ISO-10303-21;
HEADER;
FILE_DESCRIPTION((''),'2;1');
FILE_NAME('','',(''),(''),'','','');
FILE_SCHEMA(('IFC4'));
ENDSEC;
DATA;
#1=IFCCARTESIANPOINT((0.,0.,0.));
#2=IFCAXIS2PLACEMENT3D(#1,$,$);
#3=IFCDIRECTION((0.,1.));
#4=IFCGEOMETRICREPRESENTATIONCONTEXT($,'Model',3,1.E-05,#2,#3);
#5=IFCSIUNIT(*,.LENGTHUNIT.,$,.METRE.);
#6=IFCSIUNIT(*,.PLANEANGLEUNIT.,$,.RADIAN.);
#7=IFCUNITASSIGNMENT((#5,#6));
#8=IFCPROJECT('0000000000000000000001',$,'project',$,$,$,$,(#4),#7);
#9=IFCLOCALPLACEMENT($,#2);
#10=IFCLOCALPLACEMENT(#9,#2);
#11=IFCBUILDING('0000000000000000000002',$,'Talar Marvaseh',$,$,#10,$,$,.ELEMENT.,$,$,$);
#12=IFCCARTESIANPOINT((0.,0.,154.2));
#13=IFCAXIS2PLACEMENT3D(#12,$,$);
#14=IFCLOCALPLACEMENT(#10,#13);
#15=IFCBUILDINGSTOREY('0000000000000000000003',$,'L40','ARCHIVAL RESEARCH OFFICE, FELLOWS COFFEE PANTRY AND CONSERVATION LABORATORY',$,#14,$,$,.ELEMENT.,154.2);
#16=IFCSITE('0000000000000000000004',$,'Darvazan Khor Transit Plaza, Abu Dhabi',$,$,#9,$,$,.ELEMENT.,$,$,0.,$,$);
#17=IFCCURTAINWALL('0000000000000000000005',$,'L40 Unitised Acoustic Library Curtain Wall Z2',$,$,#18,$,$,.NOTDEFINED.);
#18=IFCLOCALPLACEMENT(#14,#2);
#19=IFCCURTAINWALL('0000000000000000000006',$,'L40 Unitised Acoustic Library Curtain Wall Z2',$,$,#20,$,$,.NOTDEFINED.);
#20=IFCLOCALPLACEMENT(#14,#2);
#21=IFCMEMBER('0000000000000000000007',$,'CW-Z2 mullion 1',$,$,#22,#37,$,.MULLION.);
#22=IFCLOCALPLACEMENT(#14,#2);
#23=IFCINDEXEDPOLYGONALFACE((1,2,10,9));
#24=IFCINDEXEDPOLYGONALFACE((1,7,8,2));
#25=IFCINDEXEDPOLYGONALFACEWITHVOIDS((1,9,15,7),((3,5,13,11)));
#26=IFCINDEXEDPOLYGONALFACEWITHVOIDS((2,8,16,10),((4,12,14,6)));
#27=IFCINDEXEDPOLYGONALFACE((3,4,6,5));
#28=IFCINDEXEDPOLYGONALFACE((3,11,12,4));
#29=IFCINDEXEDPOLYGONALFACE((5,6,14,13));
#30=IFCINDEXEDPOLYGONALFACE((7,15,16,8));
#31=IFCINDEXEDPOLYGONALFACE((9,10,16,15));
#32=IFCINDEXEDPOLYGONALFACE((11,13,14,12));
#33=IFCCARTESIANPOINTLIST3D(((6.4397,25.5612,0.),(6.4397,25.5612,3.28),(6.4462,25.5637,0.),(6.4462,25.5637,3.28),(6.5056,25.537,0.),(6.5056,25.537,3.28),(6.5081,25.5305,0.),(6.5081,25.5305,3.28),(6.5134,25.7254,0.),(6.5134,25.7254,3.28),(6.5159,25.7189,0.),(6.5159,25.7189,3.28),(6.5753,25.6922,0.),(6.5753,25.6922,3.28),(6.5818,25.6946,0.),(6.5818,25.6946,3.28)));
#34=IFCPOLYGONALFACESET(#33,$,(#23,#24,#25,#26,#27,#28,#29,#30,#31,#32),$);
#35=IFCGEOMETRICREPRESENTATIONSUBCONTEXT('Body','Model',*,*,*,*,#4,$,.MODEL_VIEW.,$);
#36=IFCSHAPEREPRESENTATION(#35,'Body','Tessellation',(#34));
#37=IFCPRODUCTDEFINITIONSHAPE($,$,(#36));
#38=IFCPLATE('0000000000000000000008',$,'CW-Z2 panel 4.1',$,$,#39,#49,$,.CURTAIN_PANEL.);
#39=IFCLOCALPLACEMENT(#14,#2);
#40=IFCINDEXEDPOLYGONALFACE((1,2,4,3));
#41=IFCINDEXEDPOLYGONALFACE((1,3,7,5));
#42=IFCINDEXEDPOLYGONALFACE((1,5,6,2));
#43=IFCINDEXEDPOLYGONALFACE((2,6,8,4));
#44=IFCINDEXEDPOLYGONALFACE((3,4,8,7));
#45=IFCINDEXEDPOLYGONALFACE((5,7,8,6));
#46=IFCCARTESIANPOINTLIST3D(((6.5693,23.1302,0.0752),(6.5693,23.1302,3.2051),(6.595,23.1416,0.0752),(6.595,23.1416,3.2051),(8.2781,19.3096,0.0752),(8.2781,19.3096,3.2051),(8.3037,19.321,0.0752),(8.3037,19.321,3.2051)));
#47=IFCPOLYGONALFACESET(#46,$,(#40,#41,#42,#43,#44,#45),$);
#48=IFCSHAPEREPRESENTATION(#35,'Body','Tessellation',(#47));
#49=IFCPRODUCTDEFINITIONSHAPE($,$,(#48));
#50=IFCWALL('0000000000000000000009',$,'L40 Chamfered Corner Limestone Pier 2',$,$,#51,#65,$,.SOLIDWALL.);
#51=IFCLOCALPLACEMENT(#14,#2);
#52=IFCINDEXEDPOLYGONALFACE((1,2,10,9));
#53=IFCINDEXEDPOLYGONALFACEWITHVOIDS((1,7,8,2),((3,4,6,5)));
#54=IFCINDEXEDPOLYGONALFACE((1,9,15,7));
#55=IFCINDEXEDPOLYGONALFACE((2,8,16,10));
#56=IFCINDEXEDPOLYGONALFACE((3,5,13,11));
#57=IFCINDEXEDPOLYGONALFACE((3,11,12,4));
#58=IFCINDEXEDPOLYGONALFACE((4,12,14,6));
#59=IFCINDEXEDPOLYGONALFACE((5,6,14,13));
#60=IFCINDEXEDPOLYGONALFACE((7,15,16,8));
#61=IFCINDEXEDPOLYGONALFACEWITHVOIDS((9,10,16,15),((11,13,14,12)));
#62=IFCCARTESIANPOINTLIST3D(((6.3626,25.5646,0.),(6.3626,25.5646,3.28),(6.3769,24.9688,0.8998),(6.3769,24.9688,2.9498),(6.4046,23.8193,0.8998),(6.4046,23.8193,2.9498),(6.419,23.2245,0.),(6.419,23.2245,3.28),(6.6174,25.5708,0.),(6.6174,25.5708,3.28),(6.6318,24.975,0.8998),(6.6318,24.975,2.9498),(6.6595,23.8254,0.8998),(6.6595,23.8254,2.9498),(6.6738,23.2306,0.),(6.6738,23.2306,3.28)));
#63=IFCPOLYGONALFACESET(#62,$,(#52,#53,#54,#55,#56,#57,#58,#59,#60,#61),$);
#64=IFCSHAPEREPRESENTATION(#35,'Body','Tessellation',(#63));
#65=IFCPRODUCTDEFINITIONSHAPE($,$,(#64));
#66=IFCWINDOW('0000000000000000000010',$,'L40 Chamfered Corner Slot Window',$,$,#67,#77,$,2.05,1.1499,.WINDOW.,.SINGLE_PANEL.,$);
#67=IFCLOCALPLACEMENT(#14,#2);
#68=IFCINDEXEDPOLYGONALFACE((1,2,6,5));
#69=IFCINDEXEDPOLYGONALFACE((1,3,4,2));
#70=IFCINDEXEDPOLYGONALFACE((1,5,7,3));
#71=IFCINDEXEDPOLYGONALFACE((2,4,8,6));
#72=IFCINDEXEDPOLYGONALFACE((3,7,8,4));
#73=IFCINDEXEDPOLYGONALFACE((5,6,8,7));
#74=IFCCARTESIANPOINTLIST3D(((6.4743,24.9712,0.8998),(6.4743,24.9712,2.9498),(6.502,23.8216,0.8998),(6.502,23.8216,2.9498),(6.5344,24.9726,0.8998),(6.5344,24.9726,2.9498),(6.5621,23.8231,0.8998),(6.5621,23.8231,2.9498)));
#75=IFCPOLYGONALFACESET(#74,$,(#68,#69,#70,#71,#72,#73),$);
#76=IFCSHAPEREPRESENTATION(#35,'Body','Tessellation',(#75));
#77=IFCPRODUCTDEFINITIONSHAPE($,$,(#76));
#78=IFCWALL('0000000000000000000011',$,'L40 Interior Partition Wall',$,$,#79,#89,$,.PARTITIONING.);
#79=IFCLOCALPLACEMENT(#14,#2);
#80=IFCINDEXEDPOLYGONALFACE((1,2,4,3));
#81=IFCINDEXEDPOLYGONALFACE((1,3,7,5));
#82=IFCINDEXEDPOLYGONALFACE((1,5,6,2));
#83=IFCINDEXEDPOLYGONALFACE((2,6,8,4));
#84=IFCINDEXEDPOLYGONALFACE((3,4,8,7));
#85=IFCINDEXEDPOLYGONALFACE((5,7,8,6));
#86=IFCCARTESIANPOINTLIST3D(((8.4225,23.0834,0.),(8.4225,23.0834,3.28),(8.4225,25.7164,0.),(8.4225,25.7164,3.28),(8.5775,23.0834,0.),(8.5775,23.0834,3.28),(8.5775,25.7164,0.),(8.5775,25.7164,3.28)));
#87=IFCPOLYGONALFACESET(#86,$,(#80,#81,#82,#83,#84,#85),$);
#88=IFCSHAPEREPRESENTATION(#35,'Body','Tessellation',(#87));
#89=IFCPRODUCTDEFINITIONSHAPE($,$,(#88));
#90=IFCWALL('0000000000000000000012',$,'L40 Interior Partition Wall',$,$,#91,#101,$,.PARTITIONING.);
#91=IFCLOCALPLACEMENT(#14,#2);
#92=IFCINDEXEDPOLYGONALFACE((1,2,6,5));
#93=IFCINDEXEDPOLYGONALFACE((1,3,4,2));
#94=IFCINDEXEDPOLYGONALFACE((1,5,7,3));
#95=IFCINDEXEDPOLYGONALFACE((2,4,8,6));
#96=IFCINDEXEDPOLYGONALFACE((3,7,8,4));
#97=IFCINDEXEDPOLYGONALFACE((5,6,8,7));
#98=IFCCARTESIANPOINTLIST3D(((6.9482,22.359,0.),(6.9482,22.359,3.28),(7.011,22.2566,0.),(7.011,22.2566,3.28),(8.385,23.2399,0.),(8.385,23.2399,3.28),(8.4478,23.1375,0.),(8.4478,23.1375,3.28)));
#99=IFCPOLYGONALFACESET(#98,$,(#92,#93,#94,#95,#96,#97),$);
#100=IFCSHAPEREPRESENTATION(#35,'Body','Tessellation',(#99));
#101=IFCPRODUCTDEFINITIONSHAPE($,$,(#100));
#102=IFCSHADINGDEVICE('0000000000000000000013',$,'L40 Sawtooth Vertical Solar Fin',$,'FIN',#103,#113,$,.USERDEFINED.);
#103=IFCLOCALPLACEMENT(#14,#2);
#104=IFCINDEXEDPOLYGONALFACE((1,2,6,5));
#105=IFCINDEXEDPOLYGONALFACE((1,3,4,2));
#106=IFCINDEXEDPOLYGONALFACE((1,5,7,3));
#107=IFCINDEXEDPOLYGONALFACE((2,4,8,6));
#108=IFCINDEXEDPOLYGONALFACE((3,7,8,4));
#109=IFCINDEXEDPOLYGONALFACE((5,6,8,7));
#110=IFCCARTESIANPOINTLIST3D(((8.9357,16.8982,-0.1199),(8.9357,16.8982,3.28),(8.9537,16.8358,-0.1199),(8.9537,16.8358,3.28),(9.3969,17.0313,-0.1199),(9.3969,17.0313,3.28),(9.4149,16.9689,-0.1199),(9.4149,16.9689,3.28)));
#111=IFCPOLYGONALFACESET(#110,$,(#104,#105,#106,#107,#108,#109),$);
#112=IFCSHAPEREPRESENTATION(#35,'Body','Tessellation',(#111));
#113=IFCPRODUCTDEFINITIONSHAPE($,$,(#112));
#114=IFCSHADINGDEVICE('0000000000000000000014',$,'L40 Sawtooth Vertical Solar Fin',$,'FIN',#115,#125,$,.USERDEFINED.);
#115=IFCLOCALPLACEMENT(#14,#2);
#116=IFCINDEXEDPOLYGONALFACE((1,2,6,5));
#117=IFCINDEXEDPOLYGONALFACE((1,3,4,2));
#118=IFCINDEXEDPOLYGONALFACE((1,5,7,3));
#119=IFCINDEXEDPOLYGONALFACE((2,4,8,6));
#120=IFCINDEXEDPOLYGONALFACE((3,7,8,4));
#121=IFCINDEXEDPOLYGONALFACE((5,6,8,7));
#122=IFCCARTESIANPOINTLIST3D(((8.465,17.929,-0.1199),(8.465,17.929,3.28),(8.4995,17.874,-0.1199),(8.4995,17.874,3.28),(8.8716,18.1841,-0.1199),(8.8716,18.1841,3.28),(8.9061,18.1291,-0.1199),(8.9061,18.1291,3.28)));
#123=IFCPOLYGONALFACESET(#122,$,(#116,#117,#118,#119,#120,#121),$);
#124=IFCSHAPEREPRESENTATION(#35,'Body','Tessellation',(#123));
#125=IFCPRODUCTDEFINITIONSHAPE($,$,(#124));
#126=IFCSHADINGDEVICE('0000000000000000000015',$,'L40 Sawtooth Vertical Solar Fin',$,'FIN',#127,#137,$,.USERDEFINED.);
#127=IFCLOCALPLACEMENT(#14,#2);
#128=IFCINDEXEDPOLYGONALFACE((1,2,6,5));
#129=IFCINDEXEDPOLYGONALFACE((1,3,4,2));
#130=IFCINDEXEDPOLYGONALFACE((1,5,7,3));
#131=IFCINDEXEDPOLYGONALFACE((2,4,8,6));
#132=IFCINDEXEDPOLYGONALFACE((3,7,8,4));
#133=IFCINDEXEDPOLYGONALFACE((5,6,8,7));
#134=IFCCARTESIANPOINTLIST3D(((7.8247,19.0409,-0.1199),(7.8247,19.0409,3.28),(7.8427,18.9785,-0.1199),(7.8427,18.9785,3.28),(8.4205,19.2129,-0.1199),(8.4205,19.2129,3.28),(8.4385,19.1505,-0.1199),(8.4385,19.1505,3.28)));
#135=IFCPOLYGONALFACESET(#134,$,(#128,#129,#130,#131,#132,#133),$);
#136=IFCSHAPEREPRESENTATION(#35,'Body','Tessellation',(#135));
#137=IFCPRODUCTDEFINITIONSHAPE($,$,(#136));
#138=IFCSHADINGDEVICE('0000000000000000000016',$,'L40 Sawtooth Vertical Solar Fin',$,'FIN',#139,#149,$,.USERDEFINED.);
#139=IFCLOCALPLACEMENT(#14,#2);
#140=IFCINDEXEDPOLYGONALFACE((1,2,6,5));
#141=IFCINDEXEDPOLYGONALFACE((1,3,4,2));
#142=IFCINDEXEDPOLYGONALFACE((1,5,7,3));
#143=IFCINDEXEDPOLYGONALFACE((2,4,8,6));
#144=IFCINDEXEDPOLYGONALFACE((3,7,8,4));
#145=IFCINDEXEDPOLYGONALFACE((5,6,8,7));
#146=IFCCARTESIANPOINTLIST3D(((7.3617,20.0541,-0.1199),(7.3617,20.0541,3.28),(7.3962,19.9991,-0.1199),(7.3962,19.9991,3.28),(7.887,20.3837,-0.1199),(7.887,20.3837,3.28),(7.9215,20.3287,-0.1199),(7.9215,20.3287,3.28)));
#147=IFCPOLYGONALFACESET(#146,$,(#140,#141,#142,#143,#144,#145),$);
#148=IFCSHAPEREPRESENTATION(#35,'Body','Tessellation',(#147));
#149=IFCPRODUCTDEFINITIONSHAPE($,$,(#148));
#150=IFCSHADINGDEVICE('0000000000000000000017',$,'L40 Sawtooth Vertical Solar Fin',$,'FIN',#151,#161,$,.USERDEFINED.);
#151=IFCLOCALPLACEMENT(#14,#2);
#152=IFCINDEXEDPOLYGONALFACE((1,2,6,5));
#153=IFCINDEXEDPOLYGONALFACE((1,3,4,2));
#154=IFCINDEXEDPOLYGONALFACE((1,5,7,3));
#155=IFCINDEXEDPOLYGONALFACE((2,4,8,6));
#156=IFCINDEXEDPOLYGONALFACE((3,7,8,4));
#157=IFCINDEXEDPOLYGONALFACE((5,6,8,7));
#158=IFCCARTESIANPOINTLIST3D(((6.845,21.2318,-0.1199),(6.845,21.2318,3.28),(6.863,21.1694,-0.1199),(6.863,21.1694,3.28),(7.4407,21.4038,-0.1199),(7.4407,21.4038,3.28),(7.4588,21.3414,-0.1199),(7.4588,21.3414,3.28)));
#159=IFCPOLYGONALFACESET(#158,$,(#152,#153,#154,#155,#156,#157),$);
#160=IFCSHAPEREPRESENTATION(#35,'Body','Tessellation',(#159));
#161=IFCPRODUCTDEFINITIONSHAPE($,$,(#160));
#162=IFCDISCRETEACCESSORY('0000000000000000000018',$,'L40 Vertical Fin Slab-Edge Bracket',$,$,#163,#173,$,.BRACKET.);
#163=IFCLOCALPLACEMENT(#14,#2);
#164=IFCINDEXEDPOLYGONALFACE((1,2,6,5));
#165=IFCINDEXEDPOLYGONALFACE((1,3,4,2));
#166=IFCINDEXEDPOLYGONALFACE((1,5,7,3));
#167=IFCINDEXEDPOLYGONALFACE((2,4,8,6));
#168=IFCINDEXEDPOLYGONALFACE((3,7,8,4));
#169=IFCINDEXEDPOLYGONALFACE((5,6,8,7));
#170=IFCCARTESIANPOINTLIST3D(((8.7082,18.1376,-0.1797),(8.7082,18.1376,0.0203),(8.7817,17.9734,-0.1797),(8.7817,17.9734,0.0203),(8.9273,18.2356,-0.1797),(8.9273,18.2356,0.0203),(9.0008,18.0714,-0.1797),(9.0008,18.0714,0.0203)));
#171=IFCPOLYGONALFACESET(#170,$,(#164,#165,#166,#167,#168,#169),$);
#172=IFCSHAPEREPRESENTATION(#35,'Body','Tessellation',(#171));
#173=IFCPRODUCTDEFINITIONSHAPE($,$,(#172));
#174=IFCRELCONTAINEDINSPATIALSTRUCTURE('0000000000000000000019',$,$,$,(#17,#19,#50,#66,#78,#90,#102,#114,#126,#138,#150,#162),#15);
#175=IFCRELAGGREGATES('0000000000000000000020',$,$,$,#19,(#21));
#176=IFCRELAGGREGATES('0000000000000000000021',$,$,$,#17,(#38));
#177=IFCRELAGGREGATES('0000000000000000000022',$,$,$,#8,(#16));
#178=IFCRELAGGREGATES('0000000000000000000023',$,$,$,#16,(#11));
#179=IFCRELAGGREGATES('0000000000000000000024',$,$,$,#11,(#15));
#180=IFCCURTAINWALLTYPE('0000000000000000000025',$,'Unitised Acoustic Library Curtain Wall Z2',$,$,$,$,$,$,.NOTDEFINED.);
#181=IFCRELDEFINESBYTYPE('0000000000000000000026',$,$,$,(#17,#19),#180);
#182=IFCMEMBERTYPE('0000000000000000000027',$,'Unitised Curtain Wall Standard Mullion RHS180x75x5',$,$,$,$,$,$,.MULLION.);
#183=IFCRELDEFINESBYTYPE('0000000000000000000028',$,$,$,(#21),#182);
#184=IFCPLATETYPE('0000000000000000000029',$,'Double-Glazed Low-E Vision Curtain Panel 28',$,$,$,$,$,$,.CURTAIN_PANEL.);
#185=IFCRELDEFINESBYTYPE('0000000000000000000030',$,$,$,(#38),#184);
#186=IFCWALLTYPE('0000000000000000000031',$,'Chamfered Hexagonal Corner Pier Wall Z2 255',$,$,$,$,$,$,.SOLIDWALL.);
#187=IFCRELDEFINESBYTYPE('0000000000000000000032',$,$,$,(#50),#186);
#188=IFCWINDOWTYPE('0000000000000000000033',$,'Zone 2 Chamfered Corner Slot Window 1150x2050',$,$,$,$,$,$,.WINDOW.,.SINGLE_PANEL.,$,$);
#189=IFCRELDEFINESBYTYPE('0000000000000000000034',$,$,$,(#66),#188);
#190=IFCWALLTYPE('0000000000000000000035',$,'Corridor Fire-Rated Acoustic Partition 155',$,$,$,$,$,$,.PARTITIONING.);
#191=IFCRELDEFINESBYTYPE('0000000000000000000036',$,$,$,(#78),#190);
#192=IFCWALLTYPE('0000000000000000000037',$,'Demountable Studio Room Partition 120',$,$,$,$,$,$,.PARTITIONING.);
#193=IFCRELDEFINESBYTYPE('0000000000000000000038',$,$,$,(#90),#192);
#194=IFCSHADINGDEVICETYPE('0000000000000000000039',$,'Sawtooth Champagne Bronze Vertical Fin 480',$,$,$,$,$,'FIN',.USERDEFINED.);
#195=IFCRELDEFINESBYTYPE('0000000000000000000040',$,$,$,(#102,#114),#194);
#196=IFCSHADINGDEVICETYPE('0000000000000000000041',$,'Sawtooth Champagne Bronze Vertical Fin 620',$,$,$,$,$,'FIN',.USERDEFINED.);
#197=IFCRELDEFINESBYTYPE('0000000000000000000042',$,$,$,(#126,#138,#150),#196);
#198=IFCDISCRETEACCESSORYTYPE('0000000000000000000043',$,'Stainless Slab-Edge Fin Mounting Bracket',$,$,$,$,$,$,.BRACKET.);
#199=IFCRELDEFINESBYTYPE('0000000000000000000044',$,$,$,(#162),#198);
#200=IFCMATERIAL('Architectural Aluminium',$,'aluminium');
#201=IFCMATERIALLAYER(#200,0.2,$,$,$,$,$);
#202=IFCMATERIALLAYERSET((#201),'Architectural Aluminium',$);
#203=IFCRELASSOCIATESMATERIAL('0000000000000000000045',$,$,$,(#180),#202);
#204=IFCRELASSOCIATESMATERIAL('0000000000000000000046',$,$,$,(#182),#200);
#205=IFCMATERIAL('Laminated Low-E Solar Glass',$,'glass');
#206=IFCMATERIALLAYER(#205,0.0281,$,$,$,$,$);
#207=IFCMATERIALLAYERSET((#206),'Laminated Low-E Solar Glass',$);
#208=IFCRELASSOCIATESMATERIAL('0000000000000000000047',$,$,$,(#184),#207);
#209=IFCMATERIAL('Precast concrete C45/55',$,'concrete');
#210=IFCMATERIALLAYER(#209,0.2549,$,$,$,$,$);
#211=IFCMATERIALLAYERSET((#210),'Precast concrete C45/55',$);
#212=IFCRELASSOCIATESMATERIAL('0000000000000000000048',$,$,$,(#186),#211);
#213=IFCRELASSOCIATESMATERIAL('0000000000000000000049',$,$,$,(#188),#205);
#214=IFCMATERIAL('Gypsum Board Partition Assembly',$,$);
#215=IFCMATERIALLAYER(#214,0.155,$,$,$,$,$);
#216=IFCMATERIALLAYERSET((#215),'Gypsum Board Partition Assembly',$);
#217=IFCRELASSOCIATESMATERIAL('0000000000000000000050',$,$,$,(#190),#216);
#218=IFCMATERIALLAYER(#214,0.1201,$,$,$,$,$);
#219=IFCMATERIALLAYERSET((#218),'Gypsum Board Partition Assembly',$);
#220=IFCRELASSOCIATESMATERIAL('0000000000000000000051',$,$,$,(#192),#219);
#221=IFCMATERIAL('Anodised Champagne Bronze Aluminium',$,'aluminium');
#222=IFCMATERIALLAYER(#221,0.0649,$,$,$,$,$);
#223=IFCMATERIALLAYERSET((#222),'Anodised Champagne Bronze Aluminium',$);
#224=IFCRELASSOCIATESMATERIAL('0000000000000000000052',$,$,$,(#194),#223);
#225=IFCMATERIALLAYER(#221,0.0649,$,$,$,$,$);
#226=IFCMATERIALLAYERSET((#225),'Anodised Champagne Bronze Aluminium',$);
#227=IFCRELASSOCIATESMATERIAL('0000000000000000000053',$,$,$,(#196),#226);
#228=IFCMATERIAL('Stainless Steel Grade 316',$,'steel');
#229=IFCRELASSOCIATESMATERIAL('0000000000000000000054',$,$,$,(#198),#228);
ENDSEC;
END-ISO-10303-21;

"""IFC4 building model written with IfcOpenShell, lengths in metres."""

from ifc_helpers import new_model, si_unit, direction, frame, frame_2d, origin, origin_2d, place, context, subcontext, project, spatial, rectangle, hollow_rectangle, extrude, source, transform, mapped, material, layer, layer_set, material_profile, profile_set, type_object, type_shapes, element, fill, aggregate, save


model = new_model("IFC4")

# Units and contexts
model_context = context("Model", 3, precision=1e-05, world=origin(), true_north=direction((0.0, 1.0)))
body_context = subcontext(model_context, "Body", "Model", "MODEL_VIEW")
ifc_project = project(units=[si_unit("LENGTHUNIT", "METRE"), si_unit("PLANEANGLEUNIT", "RADIAN")], contexts=[model_context])

# Site, building, storey
site_placement = place(None, origin())
site = spatial("IfcSite", under=ifc_project, at=site_placement, Name="Darvazan Khor Transit Plaza, Abu Dhabi", CompositionType="ELEMENT", RefElevation=0.0)
building_placement = place(site_placement, origin())
building = spatial("IfcBuilding", under=site, at=building_placement, Name="Talar Marvaseh", CompositionType="ELEMENT")
storey_placement = place(building_placement, frame((0.0, 0.0, 154.2)))
storey = spatial("IfcBuildingStorey", under=building, at=storey_placement, Name="L40", Description="ARCHIVAL RESEARCH OFFICE, FELLOWS COFFEE PANTRY AND CONSERVATION LABORATORY", CompositionType="ELEMENT", Elevation=154.2)

# Curtain wall
ifc_material_1 = material(Name="Architectural Aluminium", Category="aluminium")
ifc_layer_1 = layer(ifc_material_1, 0.2)
ifc_layer_set_1 = layer_set([ifc_layer_1], Name="Architectural Aluminium")
curtain_wall_type = type_object("IfcCurtainWallType", Name="Unitised Acoustic Library Curtain Wall Z2", PredefinedType="NOTDEFINED", material=ifc_layer_set_1)
curtain_wall_1_placement = place(storey_placement, origin())
curtain_wall_1 = element("IfcCurtainWall", 1, at=curtain_wall_1_placement, inside=storey, type_object=curtain_wall_type, Name="L40 Unitised Acoustic Library Curtain Wall Z2", PredefinedType="NOTDEFINED")

# Curtain wall
curtain_wall_2_placement = place(storey_placement, origin())
curtain_wall_2 = element("IfcCurtainWall", 2, at=curtain_wall_2_placement, inside=storey, type_object=curtain_wall_type, Name="L40 Unitised Acoustic Library Curtain Wall Z2", PredefinedType="NOTDEFINED")

# Member
ifc_material_profile_1 = material_profile(ifc_material_1, hollow_rectangle(XDim=0.075, YDim=0.1799, WallThickness=0.0049, at=origin_2d()), Name="RHS180x75x5")
ifc_profile_set_1 = profile_set([ifc_material_profile_1], Name="Architectural Aluminium")
member_type_1 = type_object("IfcMemberType", Name="Unitised Curtain Wall Standard Mullion RHS180x75x5", PredefinedType="MULLION", material=ifc_profile_set_1)
shared_shape_1 = source(origin(), body_context, "Body", "SweptSolid", [
    extrude(hollow_rectangle(XDim=0.075, YDim=0.1799, WallThickness=0.0049, at=origin_2d()), origin(), (0.0, 0.0, 1.0), 3.28),
])
type_shapes(member_type_1, [shared_shape_1])
member_1_placement = place(storey_placement, frame((6.5107, 25.6279, 0.0), z_axis=(0.0, 0.0, 1.0), x_axis=(-0.912248, 0.409639, 0.0)))
member_1 = element("IfcMember", 3, at=member_1_placement, type_object=member_type_1, Name="CW-Z2 mullion 1", PredefinedType="MULLION", context=body_context, shape_type="MappedRepresentation", body=[
    mapped(shared_shape_1, transform((0.0, 0.0, 0.0), x_axis=(1.0, 0.0, 0.0), y_axis=(0.0, 1.0, 0.0), z_axis=(0.0, 0.0, 1.0), scale=1.0)),
])
aggregate(curtain_wall_2, [member_1])

# Plate
ifc_material_2 = material(Name="Laminated Low-E Solar Glass", Category="glass")
ifc_layer_2 = layer(ifc_material_2, 0.0281)
ifc_layer_set_2 = layer_set([ifc_layer_2], Name="Laminated Low-E Solar Glass")
plate_type = type_object("IfcPlateType", Name="Double-Glazed Low-E Vision Curtain Panel 28", PredefinedType="CURTAIN_PANEL", material=ifc_layer_set_2)
shared_shape_2 = source(origin(), body_context, "Body", "SweptSolid", [
    extrude(rectangle(XDim=4.1853, YDim=0.0281, at=origin_2d()), origin(), (0.0, 0.0, 1.0), 3.1299),
])
type_shapes(plate_type, [shared_shape_2])
plate_placement = place(storey_placement, frame((7.4365, 21.2256, 0.0752), z_axis=(0.0, 0.0, 1.0), x_axis=(-0.40827, 0.912861, 0.0)))
plate = element("IfcPlate", 4, at=plate_placement, type_object=plate_type, Name="CW-Z2 panel 4.1", PredefinedType="CURTAIN_PANEL", context=body_context, shape_type="MappedRepresentation", body=[
    mapped(shared_shape_2, transform((0.0, 0.0, 0.0), x_axis=(1.0, 0.0, 0.0), y_axis=(0.0, 1.0, 0.0), z_axis=(0.0, 0.0, 1.0), scale=1.0)),
])
aggregate(curtain_wall_1, [plate])

# Wall, opening, window
ifc_material_3 = material(Name="Precast concrete C45/55", Category="concrete")
ifc_layer_3 = layer(ifc_material_3, 0.2549)
ifc_layer_set_3 = layer_set([ifc_layer_3], Name="Precast concrete C45/55")
wall_type_1 = type_object("IfcWallType", Name="Chamfered Hexagonal Corner Pier Wall Z2 255", PredefinedType="SOLIDWALL", material=ifc_layer_set_3)
wall_1_placement = place(storey_placement, frame((6.5464, 23.2275, 0.0), z_axis=(0.0, 0.0, 1.0), x_axis=(-0.024093, 0.99971, 0.0)))
wall_1 = element("IfcWall", 5, at=wall_1_placement, inside=storey, type_object=wall_type_1, Name="L40 Chamfered Corner Limestone Pier 2", PredefinedType="SOLIDWALL", context=body_context, shape_type="SweptSolid", body=[
    extrude(rectangle(XDim=2.3408, YDim=0.2549, at=frame_2d((1.1704, 0.0))), origin(), (0.0, 0.0, 1.0), 3.28),
])
opening_placement = place(wall_1_placement, frame((0.595, 0.0, 0.8999)))
opening = element("IfcOpeningElement", 6, at=opening_placement, cuts=wall_1, PredefinedType="OPENING", context=body_context, shape_type="SweptSolid", body=[
    extrude(rectangle(XDim=1.1499, YDim=2.05, at=frame_2d((0.575, 1.0249))), frame((0.0, 0.1375, 0.0), z_axis=(0.0, -1.0, 0.0), x_axis=(1.0, 0.0, 0.0)), (0.0, 0.0, 1.0), 0.2749),
])
window_type = type_object("IfcWindowType", Name="Zone 2 Chamfered Corner Slot Window 1150x2050", PartitioningType="SINGLE_PANEL", PredefinedType="WINDOW", material=ifc_material_2)
shared_shape_3 = source(origin(), body_context, "Body", "SweptSolid", [
    extrude(rectangle(XDim=1.1499, YDim=2.05, at=frame_2d((0.575, 1.0249))), frame((0.0, 0.03, 0.0), z_axis=(0.0, -1.0, 0.0), x_axis=(1.0, 0.0, 0.0)), (0.0, 0.0, 1.0), 0.0601),
])
type_shapes(window_type, [shared_shape_3])
window_placement = place(opening_placement, origin())
window = element("IfcWindow", 7, at=window_placement, inside=storey, type_object=window_type, Name="L40 Chamfered Corner Slot Window", OverallHeight=2.05, OverallWidth=1.1499, PartitioningType="SINGLE_PANEL", PredefinedType="WINDOW", context=body_context, shape_type="MappedRepresentation", body=[
    mapped(shared_shape_3, transform((0.0, 0.0, 0.0), x_axis=(1.0, 0.0, 0.0), y_axis=(0.0, 1.0, 0.0), z_axis=(0.0, 0.0, 1.0), scale=1.0)),
])
fill(opening, window)

# Walls
ifc_material_4 = material(Name="Gypsum Board Partition Assembly")
ifc_layer_4 = layer(ifc_material_4, 0.155)
ifc_layer_set_4 = layer_set([ifc_layer_4], Name="Gypsum Board Partition Assembly")
wall_type_2 = type_object("IfcWallType", Name="Corridor Fire-Rated Acoustic Partition 155", PredefinedType="PARTITIONING", material=ifc_layer_set_4)
wall_2_placement = place(storey_placement, frame((8.5, 23.0835, 0.0), z_axis=(0.0, 0.0, 1.0), x_axis=(0.0, 1.0, 0.0)))
element("IfcWall", 8, at=wall_2_placement, inside=storey, type_object=wall_type_2, Name="L40 Interior Partition Wall", PredefinedType="PARTITIONING", context=body_context, shape_type="SweptSolid", body=[
    extrude(rectangle(XDim=2.6331, YDim=0.155, at=frame_2d((1.3164, 0.0))), origin(), (0.0, 0.0, 1.0), 3.28),
])
ifc_layer_5 = layer(ifc_material_4, 0.1201)
ifc_layer_set_5 = layer_set([ifc_layer_5], Name="Gypsum Board Partition Assembly")
wall_type_3 = type_object("IfcWallType", Name="Demountable Studio Room Partition 120", PredefinedType="PARTITIONING", material=ifc_layer_set_5)
wall_3_placement = place(storey_placement, frame((8.4165, 23.1887, 0.0), z_axis=(0.0, 0.0, 1.0), x_axis=(-0.852533, -0.522674, 0.0)))
element("IfcWall", 9, at=wall_3_placement, inside=storey, type_object=wall_type_3, Name="L40 Interior Partition Wall", PredefinedType="PARTITIONING", context=body_context, shape_type="SweptSolid", body=[
    extrude(rectangle(XDim=1.6853, YDim=0.1201, at=frame_2d((0.8428, 0.0))), origin(), (0.0, 0.0, 1.0), 3.28),
])

# Shading devices
ifc_material_5 = material(Name="Anodised Champagne Bronze Aluminium", Category="aluminium")
ifc_layer_6 = layer(ifc_material_5, 0.0649)
ifc_layer_set_6 = layer_set([ifc_layer_6], Name="Anodised Champagne Bronze Aluminium")
shading_device_type_1 = type_object("IfcShadingDeviceType", Name="Sawtooth Champagne Bronze Vertical Fin 480", ElementType="FIN", PredefinedType="USERDEFINED", material=ifc_layer_set_6)
shared_shape_4 = source(origin(), body_context, "Body", "SweptSolid", [
    extrude(rectangle(XDim=0.48, YDim=0.0649, at=origin_2d()), origin(), (0.0, 0.0, 1.0), 3.3999),
])
type_shapes(shading_device_type_1, [shared_shape_4])
for number, where, z_axis, x_axis, name in (
    (10, (9.1753, 16.9336, -0.1199), (0.0, 0.0, 1.0), (-0.960779, -0.277315, 0.0), "L40 Sawtooth Vertical Solar Fin"),
    (11, (8.6855, 18.0291, -0.1199), (0.0, 0.0, 1.0), (-0.847122, -0.531399, 0.0), "L40 Sawtooth Vertical Solar Fin"),
):
    element("IfcShadingDevice", number, at=place(storey_placement, frame(where, z_axis=z_axis, x_axis=x_axis)), inside=storey, type_object=shading_device_type_1, Name=name, ObjectType="FIN", PredefinedType="USERDEFINED", context=body_context, shape_type="MappedRepresentation", body=[
        mapped(shared_shape_4, transform((0.0, 0.0, 0.0), x_axis=(1.0, 0.0, 0.0), y_axis=(0.0, 1.0, 0.0), z_axis=(0.0, 0.0, 1.0), scale=1.0)),
    ])
ifc_layer_7 = layer(ifc_material_5, 0.0649)
ifc_layer_set_7 = layer_set([ifc_layer_7], Name="Anodised Champagne Bronze Aluminium")
shading_device_type_2 = type_object("IfcShadingDeviceType", Name="Sawtooth Champagne Bronze Vertical Fin 620", ElementType="FIN", PredefinedType="USERDEFINED", material=ifc_layer_set_7)
shared_shape_5 = source(origin(), body_context, "Body", "SweptSolid", [
    extrude(rectangle(XDim=0.6201, YDim=0.0649, at=origin_2d()), origin(), (0.0, 0.0, 1.0), 3.3999),
])
type_shapes(shading_device_type_2, [shared_shape_5])
for number, where, z_axis, x_axis, name in (
    (12, (8.1316, 19.0957, -0.1199), (0.0, 0.0, 1.0), (-0.960779, -0.277315, 0.0), "L40 Sawtooth Vertical Solar Fin"),
    (13, (7.6416, 20.1914, -0.1199), (0.0, 0.0, 1.0), (-0.847122, -0.531399, 0.0), "L40 Sawtooth Vertical Solar Fin"),
    (14, (7.1519, 21.2866, -0.1199), (0.0, 0.0, 1.0), (-0.960779, -0.277315, 0.0), "L40 Sawtooth Vertical Solar Fin"),
):
    element("IfcShadingDevice", number, at=place(storey_placement, frame(where, z_axis=z_axis, x_axis=x_axis)), inside=storey, type_object=shading_device_type_2, Name=name, ObjectType="FIN", PredefinedType="USERDEFINED", context=body_context, shape_type="MappedRepresentation", body=[
        mapped(shared_shape_5, transform((0.0, 0.0, 0.0), x_axis=(1.0, 0.0, 0.0), y_axis=(0.0, 1.0, 0.0), z_axis=(0.0, 0.0, 1.0), scale=1.0)),
    ])

# Discrete accessory
ifc_material_6 = material(Name="Stainless Steel Grade 316", Category="steel")
discrete_accessory_type = type_object("IfcDiscreteAccessoryType", Name="Stainless Slab-Edge Fin Mounting Bracket", PredefinedType="BRACKET", material=ifc_material_6)
shared_shape_6 = source(origin(), body_context, "Body", "SweptSolid", [
    extrude(rectangle(XDim=0.24, YDim=0.1799, at=origin_2d()), origin(), (0.0, 0.0, 1.0), 0.2),
])
type_shapes(discrete_accessory_type, [shared_shape_6])
for number, where, z_axis, x_axis, name in (
    (15, (8.8545, 18.1045, -0.1797), (0.0, 0.0, 1.0), (-0.912834, -0.40833, 0.0), "L40 Vertical Fin Slab-Edge Bracket"),
):
    element("IfcDiscreteAccessory", number, at=place(storey_placement, frame(where, z_axis=z_axis, x_axis=x_axis)), inside=storey, type_object=discrete_accessory_type, Name=name, PredefinedType="BRACKET", context=body_context, shape_type="MappedRepresentation", body=[
        mapped(shared_shape_6, transform((0.0, 0.0, 0.0), x_axis=(1.0, 0.0, 0.0), y_axis=(0.0, 1.0, 0.0), z_axis=(0.0, 0.0, 1.0), scale=1.0)),
    ])

save(model, "model.ifc")
